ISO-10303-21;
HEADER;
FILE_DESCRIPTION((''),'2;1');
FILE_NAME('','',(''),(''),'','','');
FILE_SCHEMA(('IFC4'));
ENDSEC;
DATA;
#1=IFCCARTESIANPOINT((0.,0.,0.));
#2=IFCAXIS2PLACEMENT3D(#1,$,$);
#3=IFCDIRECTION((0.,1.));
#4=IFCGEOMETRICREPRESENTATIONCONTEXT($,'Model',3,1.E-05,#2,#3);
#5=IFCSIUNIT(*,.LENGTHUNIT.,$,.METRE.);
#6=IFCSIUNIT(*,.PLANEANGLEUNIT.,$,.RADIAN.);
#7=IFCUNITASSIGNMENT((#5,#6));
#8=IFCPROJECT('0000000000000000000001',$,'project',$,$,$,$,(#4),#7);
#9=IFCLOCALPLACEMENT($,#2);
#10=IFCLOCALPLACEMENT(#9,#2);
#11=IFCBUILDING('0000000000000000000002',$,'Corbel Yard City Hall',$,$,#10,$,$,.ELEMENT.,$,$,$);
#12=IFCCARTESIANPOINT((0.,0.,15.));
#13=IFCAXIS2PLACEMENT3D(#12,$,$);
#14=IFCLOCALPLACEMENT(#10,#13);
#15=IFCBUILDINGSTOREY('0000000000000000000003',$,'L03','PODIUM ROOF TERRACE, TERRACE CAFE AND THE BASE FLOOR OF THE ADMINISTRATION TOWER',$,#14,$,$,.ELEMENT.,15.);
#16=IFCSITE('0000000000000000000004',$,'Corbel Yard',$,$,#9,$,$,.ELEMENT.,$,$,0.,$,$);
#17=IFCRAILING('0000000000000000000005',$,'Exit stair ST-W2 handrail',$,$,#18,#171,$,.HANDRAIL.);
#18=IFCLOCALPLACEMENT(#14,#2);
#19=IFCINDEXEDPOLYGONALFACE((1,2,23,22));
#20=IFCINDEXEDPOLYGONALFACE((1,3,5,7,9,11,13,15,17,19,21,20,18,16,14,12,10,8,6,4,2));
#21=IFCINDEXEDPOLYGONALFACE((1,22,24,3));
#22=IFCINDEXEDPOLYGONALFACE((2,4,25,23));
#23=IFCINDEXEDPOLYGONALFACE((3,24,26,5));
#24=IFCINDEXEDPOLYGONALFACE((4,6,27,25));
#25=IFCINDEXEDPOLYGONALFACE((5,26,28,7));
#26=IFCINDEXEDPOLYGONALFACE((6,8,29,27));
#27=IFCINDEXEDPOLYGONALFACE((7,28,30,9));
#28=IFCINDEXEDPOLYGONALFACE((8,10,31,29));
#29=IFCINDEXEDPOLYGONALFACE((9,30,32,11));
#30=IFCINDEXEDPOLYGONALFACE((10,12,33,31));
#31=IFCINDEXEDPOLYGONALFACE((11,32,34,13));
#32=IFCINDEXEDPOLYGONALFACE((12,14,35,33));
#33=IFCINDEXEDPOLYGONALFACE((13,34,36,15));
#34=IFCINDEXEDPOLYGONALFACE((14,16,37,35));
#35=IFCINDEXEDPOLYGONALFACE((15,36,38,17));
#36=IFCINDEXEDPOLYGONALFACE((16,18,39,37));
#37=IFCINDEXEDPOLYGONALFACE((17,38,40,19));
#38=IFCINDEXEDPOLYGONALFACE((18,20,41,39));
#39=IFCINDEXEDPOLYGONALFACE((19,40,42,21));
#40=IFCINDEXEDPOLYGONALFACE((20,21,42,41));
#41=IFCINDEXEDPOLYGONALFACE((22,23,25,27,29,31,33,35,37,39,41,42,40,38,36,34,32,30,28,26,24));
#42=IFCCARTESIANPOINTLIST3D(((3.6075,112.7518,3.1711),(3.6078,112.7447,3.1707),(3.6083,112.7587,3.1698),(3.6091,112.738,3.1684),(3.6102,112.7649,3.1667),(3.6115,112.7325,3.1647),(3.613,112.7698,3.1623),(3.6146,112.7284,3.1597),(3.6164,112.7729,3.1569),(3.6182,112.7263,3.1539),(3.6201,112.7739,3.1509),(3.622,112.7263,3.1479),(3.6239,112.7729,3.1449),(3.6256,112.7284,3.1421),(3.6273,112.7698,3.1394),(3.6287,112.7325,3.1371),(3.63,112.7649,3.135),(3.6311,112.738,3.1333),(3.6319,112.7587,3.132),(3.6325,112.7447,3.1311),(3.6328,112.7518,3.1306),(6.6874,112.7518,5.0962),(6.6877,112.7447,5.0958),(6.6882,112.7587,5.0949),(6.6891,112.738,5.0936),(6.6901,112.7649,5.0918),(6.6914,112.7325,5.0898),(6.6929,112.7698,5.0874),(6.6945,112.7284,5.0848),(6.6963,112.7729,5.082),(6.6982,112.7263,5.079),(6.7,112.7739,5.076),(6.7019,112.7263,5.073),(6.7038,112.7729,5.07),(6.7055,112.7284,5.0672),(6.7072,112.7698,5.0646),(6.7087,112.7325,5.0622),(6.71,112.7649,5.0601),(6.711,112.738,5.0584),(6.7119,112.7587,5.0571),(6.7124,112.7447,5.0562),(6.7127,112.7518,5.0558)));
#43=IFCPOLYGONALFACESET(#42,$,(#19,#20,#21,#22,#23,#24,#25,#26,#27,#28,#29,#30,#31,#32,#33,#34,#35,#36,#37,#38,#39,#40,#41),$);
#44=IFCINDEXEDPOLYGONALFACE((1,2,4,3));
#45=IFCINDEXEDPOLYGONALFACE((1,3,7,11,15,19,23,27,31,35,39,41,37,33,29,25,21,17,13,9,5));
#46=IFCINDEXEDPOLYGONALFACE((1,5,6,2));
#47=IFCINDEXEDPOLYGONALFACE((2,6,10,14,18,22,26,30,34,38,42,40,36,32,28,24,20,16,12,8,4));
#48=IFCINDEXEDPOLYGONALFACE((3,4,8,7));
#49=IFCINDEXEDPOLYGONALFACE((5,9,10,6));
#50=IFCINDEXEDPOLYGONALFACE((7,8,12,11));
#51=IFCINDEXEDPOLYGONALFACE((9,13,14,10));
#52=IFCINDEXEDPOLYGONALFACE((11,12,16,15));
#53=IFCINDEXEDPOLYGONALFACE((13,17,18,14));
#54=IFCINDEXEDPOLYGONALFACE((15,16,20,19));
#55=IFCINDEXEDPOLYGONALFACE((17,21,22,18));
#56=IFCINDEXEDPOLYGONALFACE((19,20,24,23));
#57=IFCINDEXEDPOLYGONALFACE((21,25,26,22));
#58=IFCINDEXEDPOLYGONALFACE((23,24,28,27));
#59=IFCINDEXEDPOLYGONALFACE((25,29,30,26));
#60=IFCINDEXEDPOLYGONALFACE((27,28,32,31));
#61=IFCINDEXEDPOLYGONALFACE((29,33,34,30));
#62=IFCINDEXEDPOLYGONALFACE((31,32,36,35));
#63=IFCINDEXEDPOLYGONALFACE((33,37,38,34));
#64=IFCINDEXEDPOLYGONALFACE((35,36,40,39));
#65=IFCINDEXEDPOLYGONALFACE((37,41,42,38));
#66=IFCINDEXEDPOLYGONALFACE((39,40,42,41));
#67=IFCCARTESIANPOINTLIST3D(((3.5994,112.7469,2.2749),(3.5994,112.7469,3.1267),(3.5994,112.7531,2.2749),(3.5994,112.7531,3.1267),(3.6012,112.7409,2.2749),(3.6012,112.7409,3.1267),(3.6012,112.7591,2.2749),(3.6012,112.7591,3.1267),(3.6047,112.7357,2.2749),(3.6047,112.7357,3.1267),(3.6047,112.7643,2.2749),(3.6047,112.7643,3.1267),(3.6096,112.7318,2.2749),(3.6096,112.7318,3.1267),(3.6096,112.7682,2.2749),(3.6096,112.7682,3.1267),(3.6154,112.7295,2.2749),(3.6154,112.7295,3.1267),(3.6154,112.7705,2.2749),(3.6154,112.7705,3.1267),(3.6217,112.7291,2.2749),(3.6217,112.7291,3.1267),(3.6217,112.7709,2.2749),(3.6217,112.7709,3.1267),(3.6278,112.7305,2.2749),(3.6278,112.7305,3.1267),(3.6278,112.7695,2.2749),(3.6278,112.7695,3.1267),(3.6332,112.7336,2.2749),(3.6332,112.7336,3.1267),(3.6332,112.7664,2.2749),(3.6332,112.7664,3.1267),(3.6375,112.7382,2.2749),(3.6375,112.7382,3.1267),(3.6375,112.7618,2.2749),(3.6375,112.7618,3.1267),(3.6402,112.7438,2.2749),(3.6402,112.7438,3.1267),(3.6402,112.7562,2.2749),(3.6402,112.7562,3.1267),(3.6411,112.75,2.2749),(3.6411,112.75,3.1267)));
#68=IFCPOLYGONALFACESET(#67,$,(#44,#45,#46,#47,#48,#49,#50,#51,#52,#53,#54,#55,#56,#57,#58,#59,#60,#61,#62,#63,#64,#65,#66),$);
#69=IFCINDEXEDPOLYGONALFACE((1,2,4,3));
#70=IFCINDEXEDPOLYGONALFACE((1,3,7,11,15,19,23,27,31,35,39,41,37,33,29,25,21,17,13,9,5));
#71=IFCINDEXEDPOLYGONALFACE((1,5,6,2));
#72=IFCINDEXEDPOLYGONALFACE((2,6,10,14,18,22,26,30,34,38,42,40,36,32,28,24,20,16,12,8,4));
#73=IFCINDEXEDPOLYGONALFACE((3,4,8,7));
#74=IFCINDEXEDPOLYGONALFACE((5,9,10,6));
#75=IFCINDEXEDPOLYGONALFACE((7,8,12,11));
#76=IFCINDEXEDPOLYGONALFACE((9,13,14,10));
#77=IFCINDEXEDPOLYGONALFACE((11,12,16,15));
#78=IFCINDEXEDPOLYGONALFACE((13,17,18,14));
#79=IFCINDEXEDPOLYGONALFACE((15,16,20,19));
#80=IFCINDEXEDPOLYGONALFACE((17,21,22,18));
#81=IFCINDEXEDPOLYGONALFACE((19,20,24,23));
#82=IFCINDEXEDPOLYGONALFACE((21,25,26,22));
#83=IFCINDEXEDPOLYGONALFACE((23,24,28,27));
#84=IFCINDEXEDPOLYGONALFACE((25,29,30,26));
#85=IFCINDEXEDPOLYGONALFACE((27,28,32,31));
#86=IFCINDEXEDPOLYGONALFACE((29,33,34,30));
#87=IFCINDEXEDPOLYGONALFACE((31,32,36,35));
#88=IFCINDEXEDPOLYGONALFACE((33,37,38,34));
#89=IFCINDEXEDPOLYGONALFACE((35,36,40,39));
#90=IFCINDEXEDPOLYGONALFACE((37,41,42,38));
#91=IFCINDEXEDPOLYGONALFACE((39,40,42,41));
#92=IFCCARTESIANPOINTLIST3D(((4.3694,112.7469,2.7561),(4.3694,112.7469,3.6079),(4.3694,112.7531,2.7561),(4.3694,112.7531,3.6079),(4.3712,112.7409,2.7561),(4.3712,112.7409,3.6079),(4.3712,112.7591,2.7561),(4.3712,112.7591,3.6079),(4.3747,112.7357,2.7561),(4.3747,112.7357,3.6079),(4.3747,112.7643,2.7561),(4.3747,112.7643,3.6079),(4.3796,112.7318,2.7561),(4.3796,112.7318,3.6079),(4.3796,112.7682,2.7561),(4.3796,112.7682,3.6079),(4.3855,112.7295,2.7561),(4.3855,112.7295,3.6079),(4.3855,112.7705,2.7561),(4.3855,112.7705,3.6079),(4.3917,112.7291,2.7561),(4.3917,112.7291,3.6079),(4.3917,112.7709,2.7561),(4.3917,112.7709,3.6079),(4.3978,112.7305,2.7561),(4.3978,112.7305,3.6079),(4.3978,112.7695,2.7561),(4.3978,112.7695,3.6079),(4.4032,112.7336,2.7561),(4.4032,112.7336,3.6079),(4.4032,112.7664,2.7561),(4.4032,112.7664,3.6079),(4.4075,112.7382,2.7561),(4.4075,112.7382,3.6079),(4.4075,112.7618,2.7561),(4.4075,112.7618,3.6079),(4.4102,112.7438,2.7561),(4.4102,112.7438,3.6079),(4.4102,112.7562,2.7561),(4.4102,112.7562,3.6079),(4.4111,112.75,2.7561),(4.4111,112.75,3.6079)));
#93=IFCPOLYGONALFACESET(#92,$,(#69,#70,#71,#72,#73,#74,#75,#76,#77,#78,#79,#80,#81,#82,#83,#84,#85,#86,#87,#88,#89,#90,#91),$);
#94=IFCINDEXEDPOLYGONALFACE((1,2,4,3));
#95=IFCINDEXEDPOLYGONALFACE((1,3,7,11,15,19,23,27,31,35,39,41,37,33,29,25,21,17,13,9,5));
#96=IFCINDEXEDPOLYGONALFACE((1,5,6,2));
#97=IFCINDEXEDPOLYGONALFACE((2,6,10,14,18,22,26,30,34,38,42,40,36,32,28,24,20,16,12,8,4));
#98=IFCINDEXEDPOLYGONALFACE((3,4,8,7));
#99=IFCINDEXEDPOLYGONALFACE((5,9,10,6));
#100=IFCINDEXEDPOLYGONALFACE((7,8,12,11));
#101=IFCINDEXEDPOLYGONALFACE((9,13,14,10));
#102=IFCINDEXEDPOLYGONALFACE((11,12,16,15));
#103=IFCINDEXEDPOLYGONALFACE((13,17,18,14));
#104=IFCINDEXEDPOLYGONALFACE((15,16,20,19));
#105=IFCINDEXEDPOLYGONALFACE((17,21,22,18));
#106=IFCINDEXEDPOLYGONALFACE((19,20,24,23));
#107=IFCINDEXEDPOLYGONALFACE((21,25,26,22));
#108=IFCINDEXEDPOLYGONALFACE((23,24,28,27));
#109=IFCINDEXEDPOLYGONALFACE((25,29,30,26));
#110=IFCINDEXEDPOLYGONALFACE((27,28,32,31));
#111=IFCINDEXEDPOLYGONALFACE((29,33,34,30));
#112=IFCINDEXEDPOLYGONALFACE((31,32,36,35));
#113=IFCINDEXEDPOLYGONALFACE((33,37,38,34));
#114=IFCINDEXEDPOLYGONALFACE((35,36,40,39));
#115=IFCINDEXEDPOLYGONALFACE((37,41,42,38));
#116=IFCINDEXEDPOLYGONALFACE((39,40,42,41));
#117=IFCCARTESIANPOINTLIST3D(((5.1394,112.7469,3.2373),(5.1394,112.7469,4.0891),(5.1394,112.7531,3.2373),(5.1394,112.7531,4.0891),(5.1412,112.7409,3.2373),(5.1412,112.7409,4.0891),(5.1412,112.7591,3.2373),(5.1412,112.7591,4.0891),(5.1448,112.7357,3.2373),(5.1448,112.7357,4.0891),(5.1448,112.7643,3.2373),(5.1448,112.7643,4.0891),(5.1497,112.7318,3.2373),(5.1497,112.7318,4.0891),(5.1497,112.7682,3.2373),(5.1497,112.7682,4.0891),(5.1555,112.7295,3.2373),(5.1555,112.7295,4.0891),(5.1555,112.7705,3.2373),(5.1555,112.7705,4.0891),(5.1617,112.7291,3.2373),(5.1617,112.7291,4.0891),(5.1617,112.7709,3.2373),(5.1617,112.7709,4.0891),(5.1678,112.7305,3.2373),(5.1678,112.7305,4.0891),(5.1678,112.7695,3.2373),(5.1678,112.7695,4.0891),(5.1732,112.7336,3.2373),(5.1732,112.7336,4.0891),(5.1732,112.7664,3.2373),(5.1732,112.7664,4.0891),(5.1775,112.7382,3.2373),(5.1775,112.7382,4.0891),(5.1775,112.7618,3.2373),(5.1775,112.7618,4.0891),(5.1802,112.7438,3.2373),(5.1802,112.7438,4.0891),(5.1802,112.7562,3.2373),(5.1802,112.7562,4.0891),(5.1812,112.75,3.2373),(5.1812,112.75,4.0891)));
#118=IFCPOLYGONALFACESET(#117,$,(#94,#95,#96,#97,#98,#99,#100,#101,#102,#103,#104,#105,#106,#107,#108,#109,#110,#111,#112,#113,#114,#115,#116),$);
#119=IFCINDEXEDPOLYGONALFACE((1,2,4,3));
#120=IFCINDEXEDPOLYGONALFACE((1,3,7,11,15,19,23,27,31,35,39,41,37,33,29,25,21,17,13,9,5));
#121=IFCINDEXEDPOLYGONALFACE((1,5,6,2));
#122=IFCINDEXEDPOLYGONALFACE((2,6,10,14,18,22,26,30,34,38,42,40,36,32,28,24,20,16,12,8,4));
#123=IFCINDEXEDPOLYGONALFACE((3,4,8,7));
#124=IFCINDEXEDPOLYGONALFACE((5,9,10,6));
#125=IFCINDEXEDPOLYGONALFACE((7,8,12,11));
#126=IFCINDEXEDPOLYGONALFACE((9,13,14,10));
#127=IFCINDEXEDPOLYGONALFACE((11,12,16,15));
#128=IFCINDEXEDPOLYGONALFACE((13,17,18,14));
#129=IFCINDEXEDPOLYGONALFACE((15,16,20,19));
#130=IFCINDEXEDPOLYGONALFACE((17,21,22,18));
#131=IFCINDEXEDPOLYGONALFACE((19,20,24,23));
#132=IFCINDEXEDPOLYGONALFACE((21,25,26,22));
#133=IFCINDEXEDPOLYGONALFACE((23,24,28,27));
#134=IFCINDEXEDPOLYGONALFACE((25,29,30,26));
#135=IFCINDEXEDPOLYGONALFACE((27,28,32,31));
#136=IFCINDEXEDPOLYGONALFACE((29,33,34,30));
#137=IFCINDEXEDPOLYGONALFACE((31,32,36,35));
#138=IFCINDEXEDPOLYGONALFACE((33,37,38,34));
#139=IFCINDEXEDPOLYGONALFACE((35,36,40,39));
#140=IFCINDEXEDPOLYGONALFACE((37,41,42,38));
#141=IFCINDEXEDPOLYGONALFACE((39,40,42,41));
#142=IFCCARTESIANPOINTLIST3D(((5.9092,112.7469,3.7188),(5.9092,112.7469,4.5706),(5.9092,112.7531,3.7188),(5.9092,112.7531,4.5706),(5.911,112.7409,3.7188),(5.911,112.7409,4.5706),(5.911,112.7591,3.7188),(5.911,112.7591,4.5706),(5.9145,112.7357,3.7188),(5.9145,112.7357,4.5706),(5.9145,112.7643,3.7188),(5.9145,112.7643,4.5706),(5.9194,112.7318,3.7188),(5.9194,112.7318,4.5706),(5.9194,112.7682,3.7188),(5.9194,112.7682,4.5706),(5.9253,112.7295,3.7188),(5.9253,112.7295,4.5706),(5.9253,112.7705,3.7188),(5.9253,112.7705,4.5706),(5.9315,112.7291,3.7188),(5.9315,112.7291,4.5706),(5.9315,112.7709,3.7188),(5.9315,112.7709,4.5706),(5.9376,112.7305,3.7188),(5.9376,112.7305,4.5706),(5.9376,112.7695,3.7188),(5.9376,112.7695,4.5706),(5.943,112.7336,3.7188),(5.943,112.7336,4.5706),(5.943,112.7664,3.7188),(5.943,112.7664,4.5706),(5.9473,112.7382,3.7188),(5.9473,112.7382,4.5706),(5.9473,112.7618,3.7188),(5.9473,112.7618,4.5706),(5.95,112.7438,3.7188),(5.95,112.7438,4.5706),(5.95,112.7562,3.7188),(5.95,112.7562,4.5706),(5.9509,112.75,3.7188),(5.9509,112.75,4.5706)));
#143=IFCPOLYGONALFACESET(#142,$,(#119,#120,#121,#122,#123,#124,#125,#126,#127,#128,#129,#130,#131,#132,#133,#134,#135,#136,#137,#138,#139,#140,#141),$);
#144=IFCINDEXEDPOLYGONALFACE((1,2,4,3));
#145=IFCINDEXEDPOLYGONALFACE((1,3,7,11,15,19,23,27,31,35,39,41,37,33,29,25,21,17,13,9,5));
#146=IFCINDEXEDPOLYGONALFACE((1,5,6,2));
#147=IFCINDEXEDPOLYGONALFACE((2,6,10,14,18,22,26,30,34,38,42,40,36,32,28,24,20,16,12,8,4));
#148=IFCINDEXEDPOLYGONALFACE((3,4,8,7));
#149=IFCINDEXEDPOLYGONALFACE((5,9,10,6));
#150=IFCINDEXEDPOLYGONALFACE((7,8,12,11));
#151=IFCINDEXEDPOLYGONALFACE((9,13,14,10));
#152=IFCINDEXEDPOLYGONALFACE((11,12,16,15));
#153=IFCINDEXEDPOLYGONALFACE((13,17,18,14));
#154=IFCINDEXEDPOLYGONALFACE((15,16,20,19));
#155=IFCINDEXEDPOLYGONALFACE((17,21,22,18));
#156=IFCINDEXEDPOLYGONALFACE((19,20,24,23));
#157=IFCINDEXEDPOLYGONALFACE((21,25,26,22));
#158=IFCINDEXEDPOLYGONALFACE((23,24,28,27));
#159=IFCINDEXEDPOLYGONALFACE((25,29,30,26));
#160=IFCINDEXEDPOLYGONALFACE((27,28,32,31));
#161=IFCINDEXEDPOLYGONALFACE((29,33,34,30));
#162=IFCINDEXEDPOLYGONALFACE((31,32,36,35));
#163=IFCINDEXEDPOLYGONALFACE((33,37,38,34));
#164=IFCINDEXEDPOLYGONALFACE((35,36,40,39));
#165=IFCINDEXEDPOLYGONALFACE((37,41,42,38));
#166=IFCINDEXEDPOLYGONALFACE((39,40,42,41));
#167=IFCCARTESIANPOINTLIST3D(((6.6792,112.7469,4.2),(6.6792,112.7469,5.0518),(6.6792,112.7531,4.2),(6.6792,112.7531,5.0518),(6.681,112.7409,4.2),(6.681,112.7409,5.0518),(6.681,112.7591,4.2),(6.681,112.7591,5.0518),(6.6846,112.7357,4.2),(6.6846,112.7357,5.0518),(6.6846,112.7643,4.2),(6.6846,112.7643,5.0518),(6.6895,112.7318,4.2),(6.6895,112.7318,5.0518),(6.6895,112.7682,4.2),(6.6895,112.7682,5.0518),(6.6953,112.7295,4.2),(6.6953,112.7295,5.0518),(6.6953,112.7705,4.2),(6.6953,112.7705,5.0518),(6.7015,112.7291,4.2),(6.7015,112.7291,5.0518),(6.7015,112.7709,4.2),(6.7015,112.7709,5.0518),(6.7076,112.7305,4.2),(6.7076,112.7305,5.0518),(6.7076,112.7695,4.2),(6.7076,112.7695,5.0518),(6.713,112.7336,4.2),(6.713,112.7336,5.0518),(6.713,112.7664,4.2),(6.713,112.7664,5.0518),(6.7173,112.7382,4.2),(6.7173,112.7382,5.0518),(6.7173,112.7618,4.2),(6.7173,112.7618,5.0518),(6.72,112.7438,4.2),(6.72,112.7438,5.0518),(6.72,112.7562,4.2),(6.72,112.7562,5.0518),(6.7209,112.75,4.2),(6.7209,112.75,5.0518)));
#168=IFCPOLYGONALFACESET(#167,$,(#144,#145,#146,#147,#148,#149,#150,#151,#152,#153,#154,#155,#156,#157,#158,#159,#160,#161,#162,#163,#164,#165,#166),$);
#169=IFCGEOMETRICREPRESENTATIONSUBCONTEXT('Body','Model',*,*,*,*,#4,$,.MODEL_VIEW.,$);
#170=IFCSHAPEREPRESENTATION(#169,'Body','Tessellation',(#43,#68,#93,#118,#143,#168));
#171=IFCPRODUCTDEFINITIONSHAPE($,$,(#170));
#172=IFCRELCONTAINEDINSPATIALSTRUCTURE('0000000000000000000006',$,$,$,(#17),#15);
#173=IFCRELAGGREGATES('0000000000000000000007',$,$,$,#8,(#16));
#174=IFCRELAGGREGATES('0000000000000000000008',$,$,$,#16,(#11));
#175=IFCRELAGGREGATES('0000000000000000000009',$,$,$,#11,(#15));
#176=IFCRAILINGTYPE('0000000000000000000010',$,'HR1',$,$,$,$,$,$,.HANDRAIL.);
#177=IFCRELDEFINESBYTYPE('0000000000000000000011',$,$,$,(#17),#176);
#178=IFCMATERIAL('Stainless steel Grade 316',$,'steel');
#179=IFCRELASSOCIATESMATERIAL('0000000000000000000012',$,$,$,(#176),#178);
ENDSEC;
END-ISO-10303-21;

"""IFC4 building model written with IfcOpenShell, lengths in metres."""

from ifc_helpers import new_model, si_unit, direction, frame, origin, origin_2d, place, context, subcontext, project, spatial, circle, extrude, material, type_object, element, save


model = new_model("IFC4")

# Units and contexts
model_context = context("Model", 3, precision=1e-05, world=origin(), true_north=direction((0.0, 1.0)))
body_context = subcontext(model_context, "Body", "Model", "MODEL_VIEW")
ifc_project = project(units=[si_unit("LENGTHUNIT", "METRE"), si_unit("PLANEANGLEUNIT", "RADIAN")], contexts=[model_context])

# Site, building, storey
site_placement = place(None, origin())
site = spatial("IfcSite", under=ifc_project, at=site_placement, Name="Corbel Yard", CompositionType="ELEMENT", RefElevation=0.0)
building_placement = place(site_placement, origin())
building = spatial("IfcBuilding", under=site, at=building_placement, Name="Corbel Yard City Hall", CompositionType="ELEMENT")
storey_placement = place(building_placement, frame((0.0, 0.0, 15.0)))
storey = spatial("IfcBuildingStorey", under=building, at=storey_placement, Name="L03", Description="PODIUM ROOF TERRACE, TERRACE CAFE AND THE BASE FLOOR OF THE ADMINISTRATION TOWER", CompositionType="ELEMENT", Elevation=15.0)

# Railing
ifc_material_1 = material(Name="Stainless steel Grade 316", Category="steel")
railing_type = type_object("IfcRailingType", Name="HR1", PredefinedType="HANDRAIL", material=ifc_material_1)
for number, where, name in (
    (1, (3.6201, 112.75, 2.2749), "Exit stair ST-W2 handrail"),
):
    element("IfcRailing", number, at=place(storey_placement, frame(where)), inside=storey, type_object=railing_type, Name=name, PredefinedType="HANDRAIL", context=body_context, shape_type="SweptSolid", body=[
        extrude(circle(Radius=0.0239, at=origin_2d()), frame((0.0, 0.0, 0.876), z_axis=(0.847979, 0.0, 0.530029), x_axis=(0.0, 1.0, 0.0)), (0.0, 0.0, 1.0), 3.6321),
        extrude(circle(Radius=0.021, at=origin_2d()), origin(), (0.0, 0.0, 1.0), 0.8518),
        extrude(circle(Radius=0.021, at=origin_2d()), frame((0.77, 0.0, 0.4812)), (0.0, 0.0, 1.0), 0.8518),
        extrude(circle(Radius=0.021, at=origin_2d()), frame((1.54, 0.0, 0.9624)), (0.0, 0.0, 1.0), 0.8518),
        extrude(circle(Radius=0.021, at=origin_2d()), frame((2.3098, 0.0, 1.4438)), (0.0, 0.0, 1.0), 0.8518),
        extrude(circle(Radius=0.021, at=origin_2d()), frame((3.0798, 0.0, 1.925)), (0.0, 0.0, 1.0), 0.8518),
    ])

save(model, "model.ifc")
